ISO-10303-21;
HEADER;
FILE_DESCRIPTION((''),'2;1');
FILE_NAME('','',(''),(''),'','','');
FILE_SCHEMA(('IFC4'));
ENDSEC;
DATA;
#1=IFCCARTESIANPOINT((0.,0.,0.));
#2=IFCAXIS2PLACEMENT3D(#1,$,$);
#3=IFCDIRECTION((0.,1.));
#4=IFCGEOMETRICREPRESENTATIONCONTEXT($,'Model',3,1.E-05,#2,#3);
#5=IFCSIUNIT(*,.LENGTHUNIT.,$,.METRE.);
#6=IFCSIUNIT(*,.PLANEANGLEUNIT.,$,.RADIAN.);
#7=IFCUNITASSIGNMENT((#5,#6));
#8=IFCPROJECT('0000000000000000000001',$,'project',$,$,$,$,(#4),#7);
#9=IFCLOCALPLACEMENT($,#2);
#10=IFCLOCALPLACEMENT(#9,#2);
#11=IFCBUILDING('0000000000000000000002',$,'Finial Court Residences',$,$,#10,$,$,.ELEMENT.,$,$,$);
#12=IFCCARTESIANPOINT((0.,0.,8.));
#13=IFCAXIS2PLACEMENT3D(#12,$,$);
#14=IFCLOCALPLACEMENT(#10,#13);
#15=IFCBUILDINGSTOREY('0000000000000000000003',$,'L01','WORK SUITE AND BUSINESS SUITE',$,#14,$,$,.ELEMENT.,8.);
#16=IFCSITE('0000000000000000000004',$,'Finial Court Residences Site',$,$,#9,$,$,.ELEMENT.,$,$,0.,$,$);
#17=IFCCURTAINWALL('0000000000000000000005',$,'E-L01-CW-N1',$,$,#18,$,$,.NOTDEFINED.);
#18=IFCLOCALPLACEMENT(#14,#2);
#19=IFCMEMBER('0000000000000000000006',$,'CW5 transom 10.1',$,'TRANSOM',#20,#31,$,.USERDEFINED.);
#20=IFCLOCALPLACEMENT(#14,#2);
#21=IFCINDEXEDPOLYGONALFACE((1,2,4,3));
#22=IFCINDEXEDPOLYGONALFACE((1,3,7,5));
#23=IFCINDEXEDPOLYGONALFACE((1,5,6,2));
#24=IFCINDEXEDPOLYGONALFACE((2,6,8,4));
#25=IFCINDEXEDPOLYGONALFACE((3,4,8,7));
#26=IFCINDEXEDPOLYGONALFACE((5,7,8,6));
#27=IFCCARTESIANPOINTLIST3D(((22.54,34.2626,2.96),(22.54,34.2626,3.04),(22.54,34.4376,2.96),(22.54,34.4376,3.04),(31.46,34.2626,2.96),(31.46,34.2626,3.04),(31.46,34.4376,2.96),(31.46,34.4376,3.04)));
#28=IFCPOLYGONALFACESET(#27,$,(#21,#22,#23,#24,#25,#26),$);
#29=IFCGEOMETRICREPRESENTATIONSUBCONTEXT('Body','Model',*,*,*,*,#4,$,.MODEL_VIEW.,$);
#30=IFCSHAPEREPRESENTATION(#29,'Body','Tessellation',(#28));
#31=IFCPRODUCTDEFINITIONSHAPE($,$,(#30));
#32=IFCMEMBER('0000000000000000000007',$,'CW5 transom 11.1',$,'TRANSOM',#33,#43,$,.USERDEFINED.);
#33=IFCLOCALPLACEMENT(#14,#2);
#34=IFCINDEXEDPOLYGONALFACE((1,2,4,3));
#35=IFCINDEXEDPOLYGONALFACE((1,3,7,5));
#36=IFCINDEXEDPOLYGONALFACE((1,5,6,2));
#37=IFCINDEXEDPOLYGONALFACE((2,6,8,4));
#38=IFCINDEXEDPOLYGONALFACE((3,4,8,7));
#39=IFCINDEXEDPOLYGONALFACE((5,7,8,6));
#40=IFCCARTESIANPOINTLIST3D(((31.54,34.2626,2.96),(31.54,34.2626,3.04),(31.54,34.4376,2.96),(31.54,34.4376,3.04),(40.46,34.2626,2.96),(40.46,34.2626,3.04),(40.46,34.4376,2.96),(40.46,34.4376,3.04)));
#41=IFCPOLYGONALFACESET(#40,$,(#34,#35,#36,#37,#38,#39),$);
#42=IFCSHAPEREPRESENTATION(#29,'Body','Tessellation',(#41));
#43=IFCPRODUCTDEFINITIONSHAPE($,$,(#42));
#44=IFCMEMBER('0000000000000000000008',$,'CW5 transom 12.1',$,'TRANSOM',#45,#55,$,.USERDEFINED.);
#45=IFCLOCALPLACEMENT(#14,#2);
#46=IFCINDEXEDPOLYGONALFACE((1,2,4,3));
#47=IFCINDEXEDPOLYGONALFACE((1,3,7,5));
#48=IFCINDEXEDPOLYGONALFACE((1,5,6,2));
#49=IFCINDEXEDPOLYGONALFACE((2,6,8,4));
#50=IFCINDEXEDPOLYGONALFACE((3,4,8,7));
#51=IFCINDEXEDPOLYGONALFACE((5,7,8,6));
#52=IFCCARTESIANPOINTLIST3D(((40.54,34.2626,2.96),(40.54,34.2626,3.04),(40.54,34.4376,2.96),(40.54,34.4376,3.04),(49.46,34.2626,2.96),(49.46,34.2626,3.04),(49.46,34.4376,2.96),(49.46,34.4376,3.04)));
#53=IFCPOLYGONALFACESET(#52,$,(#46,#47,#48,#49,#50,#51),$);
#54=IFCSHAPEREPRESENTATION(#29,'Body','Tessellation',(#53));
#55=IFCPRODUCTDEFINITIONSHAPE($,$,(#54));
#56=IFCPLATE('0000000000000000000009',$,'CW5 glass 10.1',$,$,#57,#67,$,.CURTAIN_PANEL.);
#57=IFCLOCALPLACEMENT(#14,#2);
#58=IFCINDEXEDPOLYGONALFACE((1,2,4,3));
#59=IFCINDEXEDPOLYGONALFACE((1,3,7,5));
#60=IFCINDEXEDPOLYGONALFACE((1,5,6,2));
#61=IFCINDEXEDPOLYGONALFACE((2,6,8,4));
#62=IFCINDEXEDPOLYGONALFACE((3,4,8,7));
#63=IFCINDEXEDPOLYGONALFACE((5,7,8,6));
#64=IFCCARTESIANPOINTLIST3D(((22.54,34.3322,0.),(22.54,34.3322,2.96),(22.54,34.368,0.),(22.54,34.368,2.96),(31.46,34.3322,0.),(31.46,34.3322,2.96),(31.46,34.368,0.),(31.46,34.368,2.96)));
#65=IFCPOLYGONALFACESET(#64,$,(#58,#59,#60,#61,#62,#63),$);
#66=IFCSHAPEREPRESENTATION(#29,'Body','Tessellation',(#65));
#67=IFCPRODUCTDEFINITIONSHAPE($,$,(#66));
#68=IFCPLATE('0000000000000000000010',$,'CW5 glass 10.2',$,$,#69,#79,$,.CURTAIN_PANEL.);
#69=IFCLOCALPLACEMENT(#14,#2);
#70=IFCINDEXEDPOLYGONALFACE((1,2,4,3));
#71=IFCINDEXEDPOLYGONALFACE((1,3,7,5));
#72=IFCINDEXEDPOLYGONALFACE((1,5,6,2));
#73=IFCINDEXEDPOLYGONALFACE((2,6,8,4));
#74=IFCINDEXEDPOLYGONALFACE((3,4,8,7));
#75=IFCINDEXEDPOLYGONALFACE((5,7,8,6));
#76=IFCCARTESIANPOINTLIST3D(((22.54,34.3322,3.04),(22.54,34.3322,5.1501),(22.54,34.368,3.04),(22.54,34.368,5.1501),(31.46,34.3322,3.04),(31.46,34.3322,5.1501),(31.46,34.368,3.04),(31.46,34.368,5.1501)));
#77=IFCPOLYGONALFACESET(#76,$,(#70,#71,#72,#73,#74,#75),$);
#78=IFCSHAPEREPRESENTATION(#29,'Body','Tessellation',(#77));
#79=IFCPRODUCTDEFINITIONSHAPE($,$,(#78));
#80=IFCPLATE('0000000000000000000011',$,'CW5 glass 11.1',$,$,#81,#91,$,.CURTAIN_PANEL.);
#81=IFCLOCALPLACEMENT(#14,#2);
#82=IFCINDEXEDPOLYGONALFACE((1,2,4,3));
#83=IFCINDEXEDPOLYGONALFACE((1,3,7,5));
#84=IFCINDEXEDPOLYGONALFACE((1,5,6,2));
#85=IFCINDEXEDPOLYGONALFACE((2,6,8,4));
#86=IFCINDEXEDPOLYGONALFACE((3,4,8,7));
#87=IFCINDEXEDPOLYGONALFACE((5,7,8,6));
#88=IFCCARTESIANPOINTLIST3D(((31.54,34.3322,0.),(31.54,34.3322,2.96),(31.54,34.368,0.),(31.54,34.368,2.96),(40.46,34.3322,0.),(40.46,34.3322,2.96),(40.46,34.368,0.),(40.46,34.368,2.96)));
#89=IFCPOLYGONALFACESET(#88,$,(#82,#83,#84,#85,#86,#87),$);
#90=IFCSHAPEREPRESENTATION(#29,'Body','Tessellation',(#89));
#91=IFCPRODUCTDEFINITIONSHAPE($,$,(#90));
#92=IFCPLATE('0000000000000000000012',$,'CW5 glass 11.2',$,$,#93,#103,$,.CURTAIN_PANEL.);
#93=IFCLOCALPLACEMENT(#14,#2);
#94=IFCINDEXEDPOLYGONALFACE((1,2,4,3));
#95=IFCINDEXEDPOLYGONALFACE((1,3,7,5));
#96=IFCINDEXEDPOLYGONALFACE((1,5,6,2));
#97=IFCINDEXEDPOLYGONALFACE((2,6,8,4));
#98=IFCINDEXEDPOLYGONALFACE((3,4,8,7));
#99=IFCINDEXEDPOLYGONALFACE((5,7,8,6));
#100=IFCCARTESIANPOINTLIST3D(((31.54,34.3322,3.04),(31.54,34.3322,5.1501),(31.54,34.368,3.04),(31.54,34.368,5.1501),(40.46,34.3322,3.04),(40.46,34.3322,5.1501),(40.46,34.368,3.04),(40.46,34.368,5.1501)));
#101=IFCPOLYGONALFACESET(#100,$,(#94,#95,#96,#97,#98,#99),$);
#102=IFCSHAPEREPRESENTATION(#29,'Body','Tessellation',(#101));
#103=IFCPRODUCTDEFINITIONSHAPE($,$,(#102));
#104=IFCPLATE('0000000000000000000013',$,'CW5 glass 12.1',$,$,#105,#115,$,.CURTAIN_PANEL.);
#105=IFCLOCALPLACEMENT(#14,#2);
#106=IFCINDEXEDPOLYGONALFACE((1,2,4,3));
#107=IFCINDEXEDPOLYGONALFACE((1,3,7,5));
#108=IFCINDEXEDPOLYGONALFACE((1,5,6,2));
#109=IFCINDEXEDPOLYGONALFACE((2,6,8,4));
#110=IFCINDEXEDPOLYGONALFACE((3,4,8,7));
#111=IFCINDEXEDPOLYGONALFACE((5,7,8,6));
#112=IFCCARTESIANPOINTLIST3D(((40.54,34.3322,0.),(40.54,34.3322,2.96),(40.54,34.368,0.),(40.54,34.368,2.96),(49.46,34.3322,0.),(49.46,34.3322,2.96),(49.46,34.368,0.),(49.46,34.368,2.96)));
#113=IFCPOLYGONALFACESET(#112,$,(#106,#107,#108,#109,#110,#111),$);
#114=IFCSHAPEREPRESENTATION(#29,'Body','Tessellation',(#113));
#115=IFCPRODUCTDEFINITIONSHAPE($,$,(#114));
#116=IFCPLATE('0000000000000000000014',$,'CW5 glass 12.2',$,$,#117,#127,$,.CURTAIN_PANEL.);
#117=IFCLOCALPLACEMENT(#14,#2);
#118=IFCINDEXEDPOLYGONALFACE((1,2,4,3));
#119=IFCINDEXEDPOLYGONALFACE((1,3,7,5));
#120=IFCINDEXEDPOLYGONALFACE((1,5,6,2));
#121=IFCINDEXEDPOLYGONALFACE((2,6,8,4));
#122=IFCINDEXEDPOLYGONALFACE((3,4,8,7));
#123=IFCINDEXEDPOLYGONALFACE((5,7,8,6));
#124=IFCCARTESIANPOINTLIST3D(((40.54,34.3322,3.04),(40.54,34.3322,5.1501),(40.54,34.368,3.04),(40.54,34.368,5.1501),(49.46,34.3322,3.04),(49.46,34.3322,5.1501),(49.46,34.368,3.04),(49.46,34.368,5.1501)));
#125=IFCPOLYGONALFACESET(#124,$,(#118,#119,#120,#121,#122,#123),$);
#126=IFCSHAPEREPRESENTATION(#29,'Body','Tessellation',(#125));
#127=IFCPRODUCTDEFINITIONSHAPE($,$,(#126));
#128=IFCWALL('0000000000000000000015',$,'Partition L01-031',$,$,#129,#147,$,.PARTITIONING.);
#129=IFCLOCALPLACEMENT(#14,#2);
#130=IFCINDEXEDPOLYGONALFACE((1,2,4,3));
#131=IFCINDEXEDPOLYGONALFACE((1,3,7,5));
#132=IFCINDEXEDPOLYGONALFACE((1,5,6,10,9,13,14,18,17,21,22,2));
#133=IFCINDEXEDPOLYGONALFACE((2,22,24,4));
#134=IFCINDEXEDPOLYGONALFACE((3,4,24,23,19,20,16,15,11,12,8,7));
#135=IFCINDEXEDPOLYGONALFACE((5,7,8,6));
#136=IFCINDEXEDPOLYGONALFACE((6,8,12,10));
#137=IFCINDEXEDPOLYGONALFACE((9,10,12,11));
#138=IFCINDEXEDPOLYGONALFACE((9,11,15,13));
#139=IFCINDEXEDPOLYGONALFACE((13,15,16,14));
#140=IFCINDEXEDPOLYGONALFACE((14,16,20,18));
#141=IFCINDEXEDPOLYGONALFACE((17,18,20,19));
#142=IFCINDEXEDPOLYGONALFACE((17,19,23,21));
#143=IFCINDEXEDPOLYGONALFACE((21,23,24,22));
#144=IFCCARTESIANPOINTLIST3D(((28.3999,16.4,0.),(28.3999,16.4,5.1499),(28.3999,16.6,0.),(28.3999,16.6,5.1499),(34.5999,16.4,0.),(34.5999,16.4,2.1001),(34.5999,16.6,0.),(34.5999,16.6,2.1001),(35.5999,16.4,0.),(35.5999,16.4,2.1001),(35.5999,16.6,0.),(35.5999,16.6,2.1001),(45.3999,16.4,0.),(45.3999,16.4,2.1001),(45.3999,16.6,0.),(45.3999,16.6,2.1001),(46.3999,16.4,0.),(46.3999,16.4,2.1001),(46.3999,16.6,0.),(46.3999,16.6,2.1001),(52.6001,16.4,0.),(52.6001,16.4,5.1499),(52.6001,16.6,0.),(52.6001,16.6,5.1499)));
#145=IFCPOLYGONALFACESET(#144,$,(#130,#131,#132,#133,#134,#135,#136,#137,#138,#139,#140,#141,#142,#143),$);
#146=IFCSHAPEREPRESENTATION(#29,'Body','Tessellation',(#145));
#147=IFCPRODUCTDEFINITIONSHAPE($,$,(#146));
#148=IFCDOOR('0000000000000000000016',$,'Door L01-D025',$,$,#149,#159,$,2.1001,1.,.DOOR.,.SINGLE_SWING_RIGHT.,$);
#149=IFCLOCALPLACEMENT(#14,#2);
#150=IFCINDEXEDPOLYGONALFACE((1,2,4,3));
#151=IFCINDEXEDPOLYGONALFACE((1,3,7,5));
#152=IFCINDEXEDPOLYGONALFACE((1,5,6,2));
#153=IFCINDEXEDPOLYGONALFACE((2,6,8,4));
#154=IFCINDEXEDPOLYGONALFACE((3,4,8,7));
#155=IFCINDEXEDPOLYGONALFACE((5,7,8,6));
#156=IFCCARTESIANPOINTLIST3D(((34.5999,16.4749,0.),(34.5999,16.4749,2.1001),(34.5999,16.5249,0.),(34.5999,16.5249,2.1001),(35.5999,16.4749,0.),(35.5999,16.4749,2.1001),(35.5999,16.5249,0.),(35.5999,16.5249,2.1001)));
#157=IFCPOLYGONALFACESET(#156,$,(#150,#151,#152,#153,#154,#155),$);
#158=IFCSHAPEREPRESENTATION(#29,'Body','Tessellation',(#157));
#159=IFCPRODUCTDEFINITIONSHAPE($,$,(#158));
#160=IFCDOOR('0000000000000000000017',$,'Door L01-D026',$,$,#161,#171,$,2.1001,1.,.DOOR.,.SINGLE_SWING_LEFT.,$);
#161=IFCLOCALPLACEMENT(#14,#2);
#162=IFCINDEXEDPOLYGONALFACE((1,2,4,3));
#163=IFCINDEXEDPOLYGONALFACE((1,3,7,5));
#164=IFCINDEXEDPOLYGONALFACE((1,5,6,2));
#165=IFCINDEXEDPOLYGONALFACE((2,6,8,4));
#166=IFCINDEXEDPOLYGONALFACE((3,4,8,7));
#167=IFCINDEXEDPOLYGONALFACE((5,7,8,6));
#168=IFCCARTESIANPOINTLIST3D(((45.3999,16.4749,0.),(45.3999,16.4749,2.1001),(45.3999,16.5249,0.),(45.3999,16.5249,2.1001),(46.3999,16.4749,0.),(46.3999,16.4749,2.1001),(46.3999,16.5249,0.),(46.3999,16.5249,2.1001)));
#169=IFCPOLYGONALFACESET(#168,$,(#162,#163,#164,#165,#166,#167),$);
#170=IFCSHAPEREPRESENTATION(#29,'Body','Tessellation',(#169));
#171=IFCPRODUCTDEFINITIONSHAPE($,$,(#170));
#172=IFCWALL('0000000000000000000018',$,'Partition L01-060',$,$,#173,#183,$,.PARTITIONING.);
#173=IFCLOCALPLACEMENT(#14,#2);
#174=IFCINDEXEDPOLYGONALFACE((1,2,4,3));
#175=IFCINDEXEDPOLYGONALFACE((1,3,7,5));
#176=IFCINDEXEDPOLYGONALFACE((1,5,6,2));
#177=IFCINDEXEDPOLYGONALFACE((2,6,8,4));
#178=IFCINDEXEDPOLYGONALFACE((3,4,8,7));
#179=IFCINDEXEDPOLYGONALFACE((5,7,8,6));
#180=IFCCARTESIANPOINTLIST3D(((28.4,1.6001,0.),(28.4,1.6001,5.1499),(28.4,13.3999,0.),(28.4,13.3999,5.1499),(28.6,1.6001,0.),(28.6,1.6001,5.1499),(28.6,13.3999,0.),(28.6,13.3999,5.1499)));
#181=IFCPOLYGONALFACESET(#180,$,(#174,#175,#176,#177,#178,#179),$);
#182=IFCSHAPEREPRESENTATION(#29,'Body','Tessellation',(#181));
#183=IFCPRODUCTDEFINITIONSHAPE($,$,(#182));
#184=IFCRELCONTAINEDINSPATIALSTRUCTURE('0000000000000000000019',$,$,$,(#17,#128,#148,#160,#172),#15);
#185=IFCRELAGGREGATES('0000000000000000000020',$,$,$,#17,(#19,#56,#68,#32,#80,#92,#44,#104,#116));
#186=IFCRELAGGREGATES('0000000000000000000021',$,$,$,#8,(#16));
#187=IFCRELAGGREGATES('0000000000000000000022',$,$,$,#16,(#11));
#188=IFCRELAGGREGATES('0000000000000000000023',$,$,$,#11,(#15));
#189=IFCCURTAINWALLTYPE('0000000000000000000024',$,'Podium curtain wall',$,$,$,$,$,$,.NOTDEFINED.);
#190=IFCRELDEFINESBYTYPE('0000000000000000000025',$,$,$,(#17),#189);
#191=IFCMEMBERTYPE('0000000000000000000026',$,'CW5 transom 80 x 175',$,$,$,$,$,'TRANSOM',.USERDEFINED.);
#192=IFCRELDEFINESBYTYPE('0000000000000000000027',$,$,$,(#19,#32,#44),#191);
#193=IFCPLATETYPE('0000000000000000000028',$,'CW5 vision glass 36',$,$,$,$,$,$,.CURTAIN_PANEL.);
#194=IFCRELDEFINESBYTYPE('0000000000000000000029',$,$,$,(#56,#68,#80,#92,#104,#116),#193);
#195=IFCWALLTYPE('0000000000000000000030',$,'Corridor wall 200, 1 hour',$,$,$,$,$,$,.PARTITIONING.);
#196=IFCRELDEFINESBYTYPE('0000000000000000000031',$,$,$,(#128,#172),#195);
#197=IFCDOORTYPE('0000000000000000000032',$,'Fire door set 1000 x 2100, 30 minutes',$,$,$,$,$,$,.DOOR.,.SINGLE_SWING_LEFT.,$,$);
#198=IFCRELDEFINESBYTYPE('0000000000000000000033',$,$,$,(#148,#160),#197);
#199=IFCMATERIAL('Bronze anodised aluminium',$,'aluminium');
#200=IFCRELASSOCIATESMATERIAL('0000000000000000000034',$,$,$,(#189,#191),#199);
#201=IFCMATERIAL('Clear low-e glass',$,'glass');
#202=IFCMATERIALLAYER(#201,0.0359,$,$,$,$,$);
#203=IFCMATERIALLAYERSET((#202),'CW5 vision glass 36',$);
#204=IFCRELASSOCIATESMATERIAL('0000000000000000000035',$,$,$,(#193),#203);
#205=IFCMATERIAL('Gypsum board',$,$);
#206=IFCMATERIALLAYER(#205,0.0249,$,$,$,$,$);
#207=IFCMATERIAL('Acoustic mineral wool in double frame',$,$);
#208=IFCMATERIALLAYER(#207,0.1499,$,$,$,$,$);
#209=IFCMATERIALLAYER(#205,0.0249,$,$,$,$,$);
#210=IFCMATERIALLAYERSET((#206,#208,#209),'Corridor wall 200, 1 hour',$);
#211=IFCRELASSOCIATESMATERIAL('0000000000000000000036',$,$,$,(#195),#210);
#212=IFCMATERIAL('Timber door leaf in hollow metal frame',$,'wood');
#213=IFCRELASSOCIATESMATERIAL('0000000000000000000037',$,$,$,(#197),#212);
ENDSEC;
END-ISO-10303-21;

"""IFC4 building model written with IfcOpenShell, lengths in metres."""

from ifc_helpers import new_model, si_unit, direction, frame, frame_2d, origin, origin_2d, place, context, subcontext, project, spatial, rectangle, extrude, material, layer, layer_set, material_profile, profile_set, type_object, element, fill, aggregate, save


model = new_model("IFC4")

# Units and contexts
model_context = context("Model", 3, precision=1e-05, world=origin(), true_north=direction((0.0, 1.0)))
body_context = subcontext(model_context, "Body", "Model", "MODEL_VIEW")
ifc_project = project(units=[si_unit("LENGTHUNIT", "METRE"), si_unit("PLANEANGLEUNIT", "RADIAN")], contexts=[model_context])

# Site, building, storey
site_placement = place(None, origin())
site = spatial("IfcSite", under=ifc_project, at=site_placement, Name="Finial Court Residences Site", CompositionType="ELEMENT", RefElevation=0.0)
building_placement = place(site_placement, origin())
building = spatial("IfcBuilding", under=site, at=building_placement, Name="Finial Court Residences", CompositionType="ELEMENT")
storey_placement = place(building_placement, frame((0.0, 0.0, 8.0)))
storey = spatial("IfcBuildingStorey", under=building, at=storey_placement, Name="L01", Description="WORK SUITE AND BUSINESS SUITE", CompositionType="ELEMENT", Elevation=8.0)

# Curtain wall, members, plates
ifc_material_1 = material(Name="Bronze anodised aluminium", Category="aluminium")
curtain_wall_type = type_object("IfcCurtainWallType", Name="Podium curtain wall", PredefinedType="NOTDEFINED", material=ifc_material_1)
curtain_wall_placement = place(storey_placement, origin())
curtain_wall = element("IfcCurtainWall", 1, at=curtain_wall_placement, inside=storey, type_object=curtain_wall_type, Name="E-L01-CW-N1", PredefinedType="NOTDEFINED")
ifc_material_profile_1 = material_profile(ifc_material_1, rectangle(XDim=0.175, YDim=0.0801, at=origin_2d()), Name="CW5 transom 80 x 175")
ifc_profile_set_1 = profile_set([ifc_material_profile_1], Name="Bronze anodised aluminium")
member_type_1 = type_object("IfcMemberType", Name="CW5 transom 80 x 175", ElementType="TRANSOM", PredefinedType="USERDEFINED", material=ifc_profile_set_1)
member_1_placement = place(storey_placement, frame((22.54, 34.3501, 3.0), z_axis=(1.0, 0.0, 0.0), x_axis=(0.0, 1.0, 0.0)))
member_1 = element("IfcMember", 2, at=member_1_placement, type_object=member_type_1, Name="CW5 transom 10.1", ObjectType="TRANSOM", PredefinedType="USERDEFINED", context=body_context, shape_type="SweptSolid", body=[
    extrude(rectangle(XDim=0.175, YDim=0.0801, at=origin_2d()), origin(), (0.0, 0.0, 1.0), 8.9199),
])
member_2_placement = place(storey_placement, frame((31.54, 34.3501, 3.0), z_axis=(1.0, 0.0, 0.0), x_axis=(0.0, 1.0, 0.0)))
member_2 = element("IfcMember", 3, at=member_2_placement, type_object=member_type_1, Name="CW5 transom 11.1", ObjectType="TRANSOM", PredefinedType="USERDEFINED", context=body_context, shape_type="SweptSolid", body=[
    extrude(rectangle(XDim=0.175, YDim=0.0801, at=origin_2d()), origin(), (0.0, 0.0, 1.0), 8.9199),
])
member_3_placement = place(storey_placement, frame((40.54, 34.3501, 3.0), z_axis=(1.0, 0.0, 0.0), x_axis=(0.0, 1.0, 0.0)))
member_3 = element("IfcMember", 4, at=member_3_placement, type_object=member_type_1, Name="CW5 transom 12.1", ObjectType="TRANSOM", PredefinedType="USERDEFINED", context=body_context, shape_type="SweptSolid", body=[
    extrude(rectangle(XDim=0.175, YDim=0.0801, at=origin_2d()), origin(), (0.0, 0.0, 1.0), 8.9199),
])
ifc_material_2 = material(Name="Clear low-e glass", Category="glass")
ifc_layer_1 = layer(ifc_material_2, 0.0359)
ifc_layer_set_1 = layer_set([ifc_layer_1], Name="CW5 vision glass 36")
plate_type = type_object("IfcPlateType", Name="CW5 vision glass 36", PredefinedType="CURTAIN_PANEL", material=ifc_layer_set_1)
plate_1_placement = place(storey_placement, frame((27.0, 34.3501, 0.0), z_axis=(0.0, 0.0, 1.0), x_axis=(1.0, 0.0, 0.0)))
plate_1 = element("IfcPlate", 5, at=plate_1_placement, type_object=plate_type, Name="CW5 glass 10.1", PredefinedType="CURTAIN_PANEL", context=body_context, shape_type="SweptSolid", body=[
    extrude(rectangle(XDim=8.9199, YDim=0.0359, at=origin_2d()), origin(), (0.0, 0.0, 1.0), 2.96),
])
plate_2_placement = place(storey_placement, frame((27.0, 34.3501, 3.04), z_axis=(0.0, 0.0, 1.0), x_axis=(1.0, 0.0, 0.0)))
plate_2 = element("IfcPlate", 6, at=plate_2_placement, type_object=plate_type, Name="CW5 glass 10.2", PredefinedType="CURTAIN_PANEL", context=body_context, shape_type="SweptSolid", body=[
    extrude(rectangle(XDim=8.9199, YDim=0.0359, at=origin_2d()), origin(), (0.0, 0.0, 1.0), 2.1101),
])
plate_3_placement = place(storey_placement, frame((36.0, 34.3501, 0.0), z_axis=(0.0, 0.0, 1.0), x_axis=(1.0, 0.0, 0.0)))
plate_3 = element("IfcPlate", 7, at=plate_3_placement, type_object=plate_type, Name="CW5 glass 11.1", PredefinedType="CURTAIN_PANEL", context=body_context, shape_type="SweptSolid", body=[
    extrude(rectangle(XDim=8.9199, YDim=0.0359, at=origin_2d()), origin(), (0.0, 0.0, 1.0), 2.96),
])
plate_4_placement = place(storey_placement, frame((36.0, 34.3501, 3.04), z_axis=(0.0, 0.0, 1.0), x_axis=(1.0, 0.0, 0.0)))
plate_4 = element("IfcPlate", 8, at=plate_4_placement, type_object=plate_type, Name="CW5 glass 11.2", PredefinedType="CURTAIN_PANEL", context=body_context, shape_type="SweptSolid", body=[
    extrude(rectangle(XDim=8.9199, YDim=0.0359, at=origin_2d()), origin(), (0.0, 0.0, 1.0), 2.1101),
])
plate_5_placement = place(storey_placement, frame((45.0, 34.3501, 0.0), z_axis=(0.0, 0.0, 1.0), x_axis=(1.0, 0.0, 0.0)))
plate_5 = element("IfcPlate", 9, at=plate_5_placement, type_object=plate_type, Name="CW5 glass 12.1", PredefinedType="CURTAIN_PANEL", context=body_context, shape_type="SweptSolid", body=[
    extrude(rectangle(XDim=8.9199, YDim=0.0359, at=origin_2d()), origin(), (0.0, 0.0, 1.0), 2.96),
])
plate_6_placement = place(storey_placement, frame((45.0, 34.3501, 3.04), z_axis=(0.0, 0.0, 1.0), x_axis=(1.0, 0.0, 0.0)))
plate_6 = element("IfcPlate", 10, at=plate_6_placement, type_object=plate_type, Name="CW5 glass 12.2", PredefinedType="CURTAIN_PANEL", context=body_context, shape_type="SweptSolid", body=[
    extrude(rectangle(XDim=8.9199, YDim=0.0359, at=origin_2d()), origin(), (0.0, 0.0, 1.0), 2.1101),
])
aggregate(curtain_wall, [member_1, plate_1, plate_2, member_2, plate_3, plate_4, member_3, plate_5, plate_6])

# Wall, openings, doors
ifc_material_3 = material(Name="Gypsum board")
ifc_layer_2 = layer(ifc_material_3, 0.0249)
ifc_material_4 = material(Name="Acoustic mineral wool in double frame")
ifc_layer_3 = layer(ifc_material_4, 0.1499)
ifc_layer_4 = layer(ifc_material_3, 0.0249)
ifc_layer_set_2 = layer_set([ifc_layer_2, ifc_layer_3, ifc_layer_4], Name="Corridor wall 200, 1 hour")
wall_type_1 = type_object("IfcWallType", Name="Corridor wall 200, 1 hour", PredefinedType="PARTITIONING", material=ifc_layer_set_2)
wall_1_placement = place(storey_placement, frame((28.3999, 16.5, 0.0), z_axis=(0.0, 0.0, 1.0), x_axis=(1.0, 0.0, 0.0)))
wall_1 = element("IfcWall", 11, at=wall_1_placement, inside=storey, type_object=wall_type_1, Name="Partition L01-031", PredefinedType="PARTITIONING", context=body_context, shape_type="SweptSolid", body=[
    extrude(rectangle(XDim=24.2002, YDim=0.2, at=frame_2d((12.1001, 0.0))), origin(), (0.0, 0.0, 1.0), 5.1499),
])
opening_1_placement = place(wall_1_placement, frame((6.2, 0.0, 0.0)))
opening_1 = element("IfcOpeningElement", 12, at=opening_1_placement, cuts=wall_1, PredefinedType="OPENING", context=body_context, shape_type="SweptSolid", body=[
    extrude(rectangle(XDim=1.0, YDim=2.1001, at=frame_2d((0.5, 1.05))), frame((0.0, 0.1099, 0.0), z_axis=(0.0, -1.0, 0.0), x_axis=(1.0, 0.0, 0.0)), (0.0, 0.0, 1.0), 0.22),
])
opening_2_placement = place(wall_1_placement, frame((17.0, 0.0, 0.0)))
opening_2 = element("IfcOpeningElement", 13, at=opening_2_placement, cuts=wall_1, PredefinedType="OPENING", context=body_context, shape_type="SweptSolid", body=[
    extrude(rectangle(XDim=1.0, YDim=2.1001, at=frame_2d((0.5, 1.05))), frame((0.0, 0.1099, 0.0), z_axis=(0.0, -1.0, 0.0), x_axis=(1.0, 0.0, 0.0)), (0.0, 0.0, 1.0), 0.22),
])
ifc_material_5 = material(Name="Timber door leaf in hollow metal frame", Category="wood")
door_type = type_object("IfcDoorType", Name="Fire door set 1000 x 2100, 30 minutes", OperationType="SINGLE_SWING_LEFT", PredefinedType="DOOR", material=ifc_material_5)
door_1_placement = place(opening_1_placement, origin())
door_1 = element("IfcDoor", 14, at=door_1_placement, inside=storey, type_object=door_type, Name="Door L01-D025", OperationType="SINGLE_SWING_RIGHT", OverallHeight=2.1001, OverallWidth=1.0, PredefinedType="DOOR", context=body_context, shape_type="SweptSolid", body=[
    extrude(rectangle(XDim=1.0, YDim=2.1001, at=frame_2d((0.5, 1.05))), frame((0.0, 0.0249, 0.0), z_axis=(0.0, -1.0, 0.0), x_axis=(1.0, 0.0, 0.0)), (0.0, 0.0, 1.0), 0.05),
])
fill(opening_1, door_1)
door_2_placement = place(opening_2_placement, origin())
door_2 = element("IfcDoor", 15, at=door_2_placement, inside=storey, type_object=door_type, Name="Door L01-D026", OperationType="SINGLE_SWING_LEFT", OverallHeight=2.1001, OverallWidth=1.0, PredefinedType="DOOR", context=body_context, shape_type="SweptSolid", body=[
    extrude(rectangle(XDim=1.0, YDim=2.1001, at=frame_2d((0.5, 1.05))), frame((0.0, 0.0249, 0.0), z_axis=(0.0, -1.0, 0.0), x_axis=(1.0, 0.0, 0.0)), (0.0, 0.0, 1.0), 0.05),
])
fill(opening_2, door_2)

# Wall
wall_2_placement = place(storey_placement, frame((28.5, 1.6001, 0.0), z_axis=(0.0, 0.0, 1.0), x_axis=(0.0, 1.0, 0.0)))
element("IfcWall", 16, at=wall_2_placement, inside=storey, type_object=wall_type_1, Name="Partition L01-060", PredefinedType="PARTITIONING", context=body_context, shape_type="SweptSolid", body=[
    extrude(rectangle(XDim=11.7998, YDim=0.2, at=frame_2d((5.8999, 0.0))), origin(), (0.0, 0.0, 1.0), 5.1499),
])

save(model, "model.ifc")
